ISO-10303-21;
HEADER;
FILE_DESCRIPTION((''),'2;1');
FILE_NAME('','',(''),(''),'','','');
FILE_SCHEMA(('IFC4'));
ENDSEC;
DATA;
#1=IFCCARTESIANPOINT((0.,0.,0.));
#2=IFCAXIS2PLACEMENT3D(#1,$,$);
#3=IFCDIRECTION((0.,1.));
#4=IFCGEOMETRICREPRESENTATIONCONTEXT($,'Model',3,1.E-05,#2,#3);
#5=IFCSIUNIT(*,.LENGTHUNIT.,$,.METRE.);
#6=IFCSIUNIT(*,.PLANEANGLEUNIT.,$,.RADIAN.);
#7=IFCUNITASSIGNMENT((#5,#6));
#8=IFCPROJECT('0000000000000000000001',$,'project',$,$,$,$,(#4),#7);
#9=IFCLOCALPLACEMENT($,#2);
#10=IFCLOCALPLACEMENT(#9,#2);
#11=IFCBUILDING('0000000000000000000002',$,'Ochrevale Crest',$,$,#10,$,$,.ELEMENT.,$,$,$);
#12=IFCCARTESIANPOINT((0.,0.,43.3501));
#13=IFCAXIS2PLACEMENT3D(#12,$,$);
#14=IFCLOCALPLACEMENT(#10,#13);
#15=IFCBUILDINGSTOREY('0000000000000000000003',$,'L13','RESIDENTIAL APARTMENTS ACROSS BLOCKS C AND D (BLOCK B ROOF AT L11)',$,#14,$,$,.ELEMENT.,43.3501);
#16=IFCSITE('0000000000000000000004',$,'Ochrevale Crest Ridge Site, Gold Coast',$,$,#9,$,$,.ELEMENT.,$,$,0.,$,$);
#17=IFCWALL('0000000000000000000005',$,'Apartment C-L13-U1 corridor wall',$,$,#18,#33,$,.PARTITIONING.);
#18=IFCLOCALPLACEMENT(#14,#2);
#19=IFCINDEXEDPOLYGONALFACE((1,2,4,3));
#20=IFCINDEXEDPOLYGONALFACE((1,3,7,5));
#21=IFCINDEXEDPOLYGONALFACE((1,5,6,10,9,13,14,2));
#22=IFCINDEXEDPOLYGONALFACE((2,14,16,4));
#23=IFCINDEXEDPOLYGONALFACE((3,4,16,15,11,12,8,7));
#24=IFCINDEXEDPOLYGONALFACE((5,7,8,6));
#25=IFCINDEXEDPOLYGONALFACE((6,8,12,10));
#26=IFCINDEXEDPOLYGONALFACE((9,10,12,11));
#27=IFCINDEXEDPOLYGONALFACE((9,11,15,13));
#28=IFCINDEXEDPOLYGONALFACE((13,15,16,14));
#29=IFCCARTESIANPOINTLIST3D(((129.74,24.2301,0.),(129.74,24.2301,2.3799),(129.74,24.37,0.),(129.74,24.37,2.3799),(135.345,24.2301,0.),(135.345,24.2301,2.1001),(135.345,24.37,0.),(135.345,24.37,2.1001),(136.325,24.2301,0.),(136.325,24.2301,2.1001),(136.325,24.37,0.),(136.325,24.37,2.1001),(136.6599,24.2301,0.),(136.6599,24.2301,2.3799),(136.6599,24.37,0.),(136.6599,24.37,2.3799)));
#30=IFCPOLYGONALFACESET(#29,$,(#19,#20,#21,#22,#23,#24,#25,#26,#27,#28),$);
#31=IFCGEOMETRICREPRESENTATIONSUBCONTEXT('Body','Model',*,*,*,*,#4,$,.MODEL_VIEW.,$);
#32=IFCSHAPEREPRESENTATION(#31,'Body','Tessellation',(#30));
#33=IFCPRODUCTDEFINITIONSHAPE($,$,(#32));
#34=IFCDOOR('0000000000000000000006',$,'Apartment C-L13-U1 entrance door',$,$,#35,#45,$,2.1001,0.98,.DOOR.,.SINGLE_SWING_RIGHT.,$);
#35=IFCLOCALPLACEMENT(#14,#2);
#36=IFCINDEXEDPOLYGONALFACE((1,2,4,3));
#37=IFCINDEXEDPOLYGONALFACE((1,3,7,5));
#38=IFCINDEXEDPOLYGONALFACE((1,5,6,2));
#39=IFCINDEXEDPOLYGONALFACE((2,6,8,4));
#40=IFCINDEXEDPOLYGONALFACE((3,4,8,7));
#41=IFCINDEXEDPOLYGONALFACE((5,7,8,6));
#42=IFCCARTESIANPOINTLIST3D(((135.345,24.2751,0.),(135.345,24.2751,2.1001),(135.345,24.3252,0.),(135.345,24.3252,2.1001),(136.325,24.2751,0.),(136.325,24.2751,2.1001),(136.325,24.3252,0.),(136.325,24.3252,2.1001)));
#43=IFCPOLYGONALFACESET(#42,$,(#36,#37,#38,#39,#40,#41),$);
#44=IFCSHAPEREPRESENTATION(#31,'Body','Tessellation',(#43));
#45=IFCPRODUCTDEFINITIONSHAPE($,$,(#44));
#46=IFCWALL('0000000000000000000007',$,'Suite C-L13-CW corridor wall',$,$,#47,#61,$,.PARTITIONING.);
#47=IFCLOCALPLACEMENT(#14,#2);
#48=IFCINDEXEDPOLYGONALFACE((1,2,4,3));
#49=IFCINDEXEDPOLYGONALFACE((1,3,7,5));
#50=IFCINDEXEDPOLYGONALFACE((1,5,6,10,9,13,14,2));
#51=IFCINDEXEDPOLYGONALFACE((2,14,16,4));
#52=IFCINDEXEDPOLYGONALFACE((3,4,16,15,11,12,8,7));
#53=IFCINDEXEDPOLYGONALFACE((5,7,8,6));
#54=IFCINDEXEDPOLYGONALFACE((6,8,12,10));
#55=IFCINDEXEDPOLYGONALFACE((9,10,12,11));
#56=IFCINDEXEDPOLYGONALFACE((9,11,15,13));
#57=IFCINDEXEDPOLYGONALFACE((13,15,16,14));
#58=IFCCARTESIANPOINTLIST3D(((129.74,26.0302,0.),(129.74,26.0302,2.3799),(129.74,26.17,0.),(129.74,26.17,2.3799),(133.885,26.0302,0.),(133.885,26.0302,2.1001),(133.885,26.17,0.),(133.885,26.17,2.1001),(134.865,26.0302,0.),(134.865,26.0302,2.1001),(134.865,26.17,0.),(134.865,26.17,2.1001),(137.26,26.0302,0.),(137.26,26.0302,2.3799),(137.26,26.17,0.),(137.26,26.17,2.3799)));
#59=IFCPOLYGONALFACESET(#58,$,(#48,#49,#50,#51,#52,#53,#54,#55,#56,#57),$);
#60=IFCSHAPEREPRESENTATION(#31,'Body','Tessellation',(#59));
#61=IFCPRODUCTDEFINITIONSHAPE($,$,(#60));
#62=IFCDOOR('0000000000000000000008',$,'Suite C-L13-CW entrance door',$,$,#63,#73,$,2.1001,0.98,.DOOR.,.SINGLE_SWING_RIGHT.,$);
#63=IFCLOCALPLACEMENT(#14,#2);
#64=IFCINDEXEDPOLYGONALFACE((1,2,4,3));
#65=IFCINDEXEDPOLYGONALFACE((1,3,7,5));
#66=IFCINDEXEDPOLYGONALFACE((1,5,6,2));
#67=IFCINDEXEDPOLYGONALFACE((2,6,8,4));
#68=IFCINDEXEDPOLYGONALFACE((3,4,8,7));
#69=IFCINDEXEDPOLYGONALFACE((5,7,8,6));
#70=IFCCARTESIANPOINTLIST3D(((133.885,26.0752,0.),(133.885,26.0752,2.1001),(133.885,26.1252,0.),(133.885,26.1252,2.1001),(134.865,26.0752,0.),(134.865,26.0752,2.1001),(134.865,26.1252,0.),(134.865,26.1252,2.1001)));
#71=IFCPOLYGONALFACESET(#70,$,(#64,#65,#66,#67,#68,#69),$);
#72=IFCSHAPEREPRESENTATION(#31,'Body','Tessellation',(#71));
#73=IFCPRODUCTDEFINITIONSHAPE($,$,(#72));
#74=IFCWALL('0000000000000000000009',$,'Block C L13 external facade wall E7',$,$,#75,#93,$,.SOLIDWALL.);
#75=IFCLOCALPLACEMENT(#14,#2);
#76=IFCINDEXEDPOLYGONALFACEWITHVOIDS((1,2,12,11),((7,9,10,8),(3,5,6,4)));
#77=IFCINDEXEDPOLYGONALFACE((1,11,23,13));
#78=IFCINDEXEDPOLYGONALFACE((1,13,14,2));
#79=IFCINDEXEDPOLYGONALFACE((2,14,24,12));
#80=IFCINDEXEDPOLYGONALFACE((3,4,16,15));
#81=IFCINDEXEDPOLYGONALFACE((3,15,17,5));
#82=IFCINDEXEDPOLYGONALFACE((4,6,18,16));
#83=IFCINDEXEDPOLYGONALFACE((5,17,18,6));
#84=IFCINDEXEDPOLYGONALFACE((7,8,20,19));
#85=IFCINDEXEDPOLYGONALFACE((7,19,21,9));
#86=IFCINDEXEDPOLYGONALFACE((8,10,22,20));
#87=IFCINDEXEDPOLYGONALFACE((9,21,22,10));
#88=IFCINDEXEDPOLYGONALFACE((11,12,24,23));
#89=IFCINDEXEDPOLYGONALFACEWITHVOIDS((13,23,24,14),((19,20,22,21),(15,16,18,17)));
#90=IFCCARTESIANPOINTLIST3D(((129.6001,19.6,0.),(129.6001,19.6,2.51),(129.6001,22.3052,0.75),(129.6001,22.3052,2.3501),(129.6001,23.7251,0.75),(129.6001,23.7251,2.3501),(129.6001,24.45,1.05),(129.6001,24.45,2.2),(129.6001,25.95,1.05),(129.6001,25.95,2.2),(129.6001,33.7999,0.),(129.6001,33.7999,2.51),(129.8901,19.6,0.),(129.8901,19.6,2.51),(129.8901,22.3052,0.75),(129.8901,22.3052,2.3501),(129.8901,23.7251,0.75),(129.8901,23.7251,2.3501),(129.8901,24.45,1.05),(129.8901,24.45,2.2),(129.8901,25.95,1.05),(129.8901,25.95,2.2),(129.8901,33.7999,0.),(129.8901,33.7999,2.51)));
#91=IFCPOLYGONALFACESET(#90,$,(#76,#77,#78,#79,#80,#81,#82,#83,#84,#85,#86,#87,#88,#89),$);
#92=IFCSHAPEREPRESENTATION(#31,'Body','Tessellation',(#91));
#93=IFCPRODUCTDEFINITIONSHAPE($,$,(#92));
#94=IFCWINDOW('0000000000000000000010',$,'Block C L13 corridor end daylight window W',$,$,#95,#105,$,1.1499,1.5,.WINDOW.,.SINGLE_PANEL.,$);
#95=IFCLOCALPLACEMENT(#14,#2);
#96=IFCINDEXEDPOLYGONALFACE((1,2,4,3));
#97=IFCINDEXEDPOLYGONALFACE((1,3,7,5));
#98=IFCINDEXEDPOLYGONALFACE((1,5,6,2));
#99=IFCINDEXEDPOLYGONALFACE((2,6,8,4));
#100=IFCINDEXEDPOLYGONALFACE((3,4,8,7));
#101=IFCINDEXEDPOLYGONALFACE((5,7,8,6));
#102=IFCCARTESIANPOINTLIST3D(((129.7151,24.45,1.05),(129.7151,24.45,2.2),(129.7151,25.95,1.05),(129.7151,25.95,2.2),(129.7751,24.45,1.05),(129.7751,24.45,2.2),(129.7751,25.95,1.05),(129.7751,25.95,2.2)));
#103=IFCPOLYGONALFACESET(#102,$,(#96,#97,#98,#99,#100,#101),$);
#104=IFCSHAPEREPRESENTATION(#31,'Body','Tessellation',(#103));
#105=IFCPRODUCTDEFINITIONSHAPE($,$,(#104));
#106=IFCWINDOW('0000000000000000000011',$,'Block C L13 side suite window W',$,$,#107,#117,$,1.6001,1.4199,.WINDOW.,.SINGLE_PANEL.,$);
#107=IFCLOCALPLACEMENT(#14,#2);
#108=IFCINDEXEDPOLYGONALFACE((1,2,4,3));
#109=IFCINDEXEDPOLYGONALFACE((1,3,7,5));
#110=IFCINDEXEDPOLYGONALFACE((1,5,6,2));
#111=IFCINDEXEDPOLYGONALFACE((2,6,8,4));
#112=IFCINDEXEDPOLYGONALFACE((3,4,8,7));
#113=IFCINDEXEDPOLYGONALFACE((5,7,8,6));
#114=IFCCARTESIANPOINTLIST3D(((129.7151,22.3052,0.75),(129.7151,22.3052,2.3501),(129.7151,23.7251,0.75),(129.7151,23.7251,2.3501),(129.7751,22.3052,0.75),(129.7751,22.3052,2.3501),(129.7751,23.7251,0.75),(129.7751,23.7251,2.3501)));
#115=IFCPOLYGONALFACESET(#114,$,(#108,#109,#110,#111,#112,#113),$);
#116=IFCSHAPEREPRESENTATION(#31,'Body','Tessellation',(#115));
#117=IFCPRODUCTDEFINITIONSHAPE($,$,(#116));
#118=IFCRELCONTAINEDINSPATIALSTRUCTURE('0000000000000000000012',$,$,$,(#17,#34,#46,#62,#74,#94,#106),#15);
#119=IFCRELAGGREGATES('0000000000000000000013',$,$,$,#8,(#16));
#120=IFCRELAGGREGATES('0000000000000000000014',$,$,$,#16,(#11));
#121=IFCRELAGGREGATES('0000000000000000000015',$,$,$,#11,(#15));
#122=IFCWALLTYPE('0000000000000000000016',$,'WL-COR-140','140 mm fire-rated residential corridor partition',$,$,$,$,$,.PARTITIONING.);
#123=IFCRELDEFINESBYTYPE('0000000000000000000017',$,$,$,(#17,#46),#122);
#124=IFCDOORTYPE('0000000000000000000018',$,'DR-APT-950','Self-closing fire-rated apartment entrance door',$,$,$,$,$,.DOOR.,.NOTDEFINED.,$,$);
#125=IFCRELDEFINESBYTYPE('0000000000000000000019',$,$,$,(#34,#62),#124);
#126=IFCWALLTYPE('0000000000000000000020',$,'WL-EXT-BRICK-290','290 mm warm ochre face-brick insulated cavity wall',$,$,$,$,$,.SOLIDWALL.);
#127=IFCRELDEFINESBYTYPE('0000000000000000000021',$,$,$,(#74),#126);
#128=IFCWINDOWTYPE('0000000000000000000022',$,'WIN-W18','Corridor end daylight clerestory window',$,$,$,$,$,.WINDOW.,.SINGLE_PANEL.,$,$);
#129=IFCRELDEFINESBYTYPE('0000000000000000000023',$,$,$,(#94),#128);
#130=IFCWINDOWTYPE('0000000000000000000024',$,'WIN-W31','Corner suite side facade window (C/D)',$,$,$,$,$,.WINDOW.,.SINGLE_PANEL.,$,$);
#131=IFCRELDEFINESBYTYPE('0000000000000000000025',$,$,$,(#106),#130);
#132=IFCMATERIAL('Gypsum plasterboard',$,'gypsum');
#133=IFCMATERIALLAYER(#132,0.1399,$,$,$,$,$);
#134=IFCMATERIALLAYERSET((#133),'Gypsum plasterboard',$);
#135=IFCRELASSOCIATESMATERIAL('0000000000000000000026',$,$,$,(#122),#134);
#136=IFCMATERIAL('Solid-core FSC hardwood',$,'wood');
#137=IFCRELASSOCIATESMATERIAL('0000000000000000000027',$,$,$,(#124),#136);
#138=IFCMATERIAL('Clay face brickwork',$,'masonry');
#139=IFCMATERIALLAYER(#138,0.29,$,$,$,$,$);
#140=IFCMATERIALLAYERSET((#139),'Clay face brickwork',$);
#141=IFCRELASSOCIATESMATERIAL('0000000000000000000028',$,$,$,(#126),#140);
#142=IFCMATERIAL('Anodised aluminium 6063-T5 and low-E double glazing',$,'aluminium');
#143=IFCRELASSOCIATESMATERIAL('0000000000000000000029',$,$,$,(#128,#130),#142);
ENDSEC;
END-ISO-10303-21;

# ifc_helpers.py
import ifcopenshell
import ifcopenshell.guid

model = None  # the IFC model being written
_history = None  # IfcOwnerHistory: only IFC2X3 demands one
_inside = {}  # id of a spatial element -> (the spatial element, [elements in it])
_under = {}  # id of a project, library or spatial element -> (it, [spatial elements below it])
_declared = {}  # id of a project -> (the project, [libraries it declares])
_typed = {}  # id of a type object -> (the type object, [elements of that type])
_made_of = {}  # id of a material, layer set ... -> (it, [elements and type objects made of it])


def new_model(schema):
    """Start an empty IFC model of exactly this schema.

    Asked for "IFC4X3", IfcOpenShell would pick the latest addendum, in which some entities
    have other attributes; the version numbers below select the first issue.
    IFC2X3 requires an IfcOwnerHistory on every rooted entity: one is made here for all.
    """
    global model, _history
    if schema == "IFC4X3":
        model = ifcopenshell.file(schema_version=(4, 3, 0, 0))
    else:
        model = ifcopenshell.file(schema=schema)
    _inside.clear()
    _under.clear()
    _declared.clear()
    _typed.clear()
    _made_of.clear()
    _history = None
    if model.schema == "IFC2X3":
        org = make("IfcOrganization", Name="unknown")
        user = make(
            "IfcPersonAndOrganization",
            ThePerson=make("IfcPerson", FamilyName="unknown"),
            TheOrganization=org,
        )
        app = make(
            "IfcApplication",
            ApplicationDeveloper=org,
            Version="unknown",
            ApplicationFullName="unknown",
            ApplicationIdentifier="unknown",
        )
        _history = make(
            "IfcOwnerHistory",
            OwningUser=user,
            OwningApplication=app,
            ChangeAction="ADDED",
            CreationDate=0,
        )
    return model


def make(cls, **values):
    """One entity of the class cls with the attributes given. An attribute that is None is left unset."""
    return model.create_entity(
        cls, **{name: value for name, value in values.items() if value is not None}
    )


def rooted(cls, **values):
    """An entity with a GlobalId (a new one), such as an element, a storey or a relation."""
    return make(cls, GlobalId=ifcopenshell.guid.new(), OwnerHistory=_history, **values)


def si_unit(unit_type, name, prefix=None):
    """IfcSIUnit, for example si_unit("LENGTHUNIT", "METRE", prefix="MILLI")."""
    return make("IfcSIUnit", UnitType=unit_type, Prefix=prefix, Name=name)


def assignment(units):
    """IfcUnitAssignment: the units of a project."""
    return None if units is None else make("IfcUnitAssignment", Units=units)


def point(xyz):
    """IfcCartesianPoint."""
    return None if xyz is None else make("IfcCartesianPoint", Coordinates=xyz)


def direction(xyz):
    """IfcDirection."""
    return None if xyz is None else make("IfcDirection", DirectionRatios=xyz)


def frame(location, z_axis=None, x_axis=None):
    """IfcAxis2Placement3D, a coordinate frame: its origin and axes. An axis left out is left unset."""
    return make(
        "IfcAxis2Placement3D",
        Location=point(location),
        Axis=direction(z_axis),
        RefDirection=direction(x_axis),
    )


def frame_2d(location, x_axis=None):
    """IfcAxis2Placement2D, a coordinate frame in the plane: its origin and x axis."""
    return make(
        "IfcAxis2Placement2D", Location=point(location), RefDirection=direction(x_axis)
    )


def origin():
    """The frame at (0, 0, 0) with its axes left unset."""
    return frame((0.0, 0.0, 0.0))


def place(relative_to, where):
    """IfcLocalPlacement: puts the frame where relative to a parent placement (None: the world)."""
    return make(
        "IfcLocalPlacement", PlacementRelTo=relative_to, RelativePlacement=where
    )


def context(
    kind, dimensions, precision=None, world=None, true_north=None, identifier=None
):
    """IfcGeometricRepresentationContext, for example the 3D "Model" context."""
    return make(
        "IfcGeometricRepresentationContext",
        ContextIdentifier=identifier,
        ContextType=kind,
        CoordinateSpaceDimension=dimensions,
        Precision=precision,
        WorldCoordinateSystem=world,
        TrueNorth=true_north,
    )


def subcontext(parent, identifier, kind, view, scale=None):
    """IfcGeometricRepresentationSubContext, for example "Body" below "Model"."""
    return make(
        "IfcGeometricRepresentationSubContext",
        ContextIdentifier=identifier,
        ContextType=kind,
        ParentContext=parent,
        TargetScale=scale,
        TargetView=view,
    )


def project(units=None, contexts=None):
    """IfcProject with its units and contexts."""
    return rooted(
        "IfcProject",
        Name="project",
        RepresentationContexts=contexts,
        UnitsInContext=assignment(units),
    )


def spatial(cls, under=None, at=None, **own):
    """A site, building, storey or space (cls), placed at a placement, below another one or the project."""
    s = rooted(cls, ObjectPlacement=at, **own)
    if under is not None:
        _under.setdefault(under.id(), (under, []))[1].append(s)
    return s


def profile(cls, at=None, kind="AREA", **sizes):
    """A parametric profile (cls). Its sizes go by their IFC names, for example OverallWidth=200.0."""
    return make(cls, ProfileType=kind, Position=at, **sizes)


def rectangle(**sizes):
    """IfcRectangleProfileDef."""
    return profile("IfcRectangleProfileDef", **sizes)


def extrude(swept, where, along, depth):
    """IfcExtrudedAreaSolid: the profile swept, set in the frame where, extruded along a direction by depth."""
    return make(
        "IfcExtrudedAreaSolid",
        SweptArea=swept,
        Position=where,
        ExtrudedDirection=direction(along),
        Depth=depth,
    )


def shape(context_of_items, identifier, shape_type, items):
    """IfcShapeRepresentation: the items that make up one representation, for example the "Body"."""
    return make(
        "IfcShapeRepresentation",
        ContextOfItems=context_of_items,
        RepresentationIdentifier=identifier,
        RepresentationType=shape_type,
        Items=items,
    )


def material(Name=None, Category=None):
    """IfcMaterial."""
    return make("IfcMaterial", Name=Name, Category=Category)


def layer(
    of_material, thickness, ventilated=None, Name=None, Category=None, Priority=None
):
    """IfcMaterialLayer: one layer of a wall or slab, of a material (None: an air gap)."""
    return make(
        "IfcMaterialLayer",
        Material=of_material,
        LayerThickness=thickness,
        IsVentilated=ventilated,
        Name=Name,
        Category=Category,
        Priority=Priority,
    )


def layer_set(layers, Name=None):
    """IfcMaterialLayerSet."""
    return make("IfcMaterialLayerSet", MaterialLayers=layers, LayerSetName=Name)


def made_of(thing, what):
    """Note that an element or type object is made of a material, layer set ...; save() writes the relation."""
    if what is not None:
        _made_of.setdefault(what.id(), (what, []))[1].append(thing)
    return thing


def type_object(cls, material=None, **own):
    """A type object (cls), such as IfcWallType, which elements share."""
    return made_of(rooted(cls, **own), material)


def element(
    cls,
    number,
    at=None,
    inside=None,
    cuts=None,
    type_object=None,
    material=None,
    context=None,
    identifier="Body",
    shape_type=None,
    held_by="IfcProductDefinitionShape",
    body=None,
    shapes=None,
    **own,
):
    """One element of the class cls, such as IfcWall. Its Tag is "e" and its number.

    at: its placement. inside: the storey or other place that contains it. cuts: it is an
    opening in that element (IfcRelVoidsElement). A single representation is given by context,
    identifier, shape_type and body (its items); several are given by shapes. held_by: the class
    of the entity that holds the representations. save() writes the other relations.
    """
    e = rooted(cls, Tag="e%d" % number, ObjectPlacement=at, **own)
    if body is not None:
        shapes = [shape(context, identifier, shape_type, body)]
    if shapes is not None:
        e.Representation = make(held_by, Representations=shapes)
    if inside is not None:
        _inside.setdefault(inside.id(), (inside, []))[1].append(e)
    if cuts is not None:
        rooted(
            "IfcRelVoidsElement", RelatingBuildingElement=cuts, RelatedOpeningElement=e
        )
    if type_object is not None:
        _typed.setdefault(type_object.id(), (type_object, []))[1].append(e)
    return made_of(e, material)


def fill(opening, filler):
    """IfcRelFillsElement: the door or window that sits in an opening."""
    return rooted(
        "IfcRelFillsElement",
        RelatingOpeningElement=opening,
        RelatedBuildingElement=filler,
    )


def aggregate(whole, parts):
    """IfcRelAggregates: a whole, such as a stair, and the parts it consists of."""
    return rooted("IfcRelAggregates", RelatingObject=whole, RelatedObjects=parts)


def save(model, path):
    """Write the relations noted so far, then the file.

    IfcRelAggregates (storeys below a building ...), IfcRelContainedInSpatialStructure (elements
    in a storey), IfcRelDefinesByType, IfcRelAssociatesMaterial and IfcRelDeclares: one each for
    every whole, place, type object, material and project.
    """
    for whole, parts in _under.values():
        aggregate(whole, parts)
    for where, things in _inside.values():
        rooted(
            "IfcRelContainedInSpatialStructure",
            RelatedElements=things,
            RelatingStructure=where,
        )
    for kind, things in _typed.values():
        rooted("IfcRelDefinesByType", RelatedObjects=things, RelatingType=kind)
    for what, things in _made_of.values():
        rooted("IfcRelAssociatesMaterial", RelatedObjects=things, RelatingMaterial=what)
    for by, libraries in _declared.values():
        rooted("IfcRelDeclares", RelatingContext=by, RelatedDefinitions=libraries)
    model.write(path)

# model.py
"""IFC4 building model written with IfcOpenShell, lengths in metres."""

from ifc_helpers import new_model, si_unit, direction, frame, frame_2d, origin, place, context, subcontext, project, spatial, rectangle, extrude, material, layer, layer_set, type_object, element, fill, save


model = new_model("IFC4")

# Units and contexts
model_context = context("Model", 3, precision=1e-05, world=origin(), true_north=direction((0.0, 1.0)))
body_context = subcontext(model_context, "Body", "Model", "MODEL_VIEW")
ifc_project = project(units=[si_unit("LENGTHUNIT", "METRE"), si_unit("PLANEANGLEUNIT", "RADIAN")], contexts=[model_context])

# Site, building, storey
site_placement = place(None, origin())
site = spatial("IfcSite", under=ifc_project, at=site_placement, Name="Ochrevale Crest Ridge Site, Gold Coast", CompositionType="ELEMENT", RefElevation=0.0)
building_placement = place(site_placement, origin())
building = spatial("IfcBuilding", under=site, at=building_placement, Name="Ochrevale Crest", CompositionType="ELEMENT")
storey_placement = place(building_placement, frame((0.0, 0.0, 43.3501)))
storey = spatial("IfcBuildingStorey", under=building, at=storey_placement, Name="L13", Description="RESIDENTIAL APARTMENTS ACROSS BLOCKS C AND D (BLOCK B ROOF AT L11)", CompositionType="ELEMENT", Elevation=43.3501)

# Walls, openings, doors
ifc_material_1 = material(Name="Gypsum plasterboard", Category="gypsum")
ifc_layer_1 = layer(ifc_material_1, 0.1399)
ifc_layer_set_1 = layer_set([ifc_layer_1], Name="Gypsum plasterboard")
wall_type_1 = type_object("IfcWallType", Name="WL-COR-140", Description="140 mm fire-rated residential corridor partition", PredefinedType="PARTITIONING", material=ifc_layer_set_1)
wall_1_placement = place(storey_placement, frame((129.74, 24.3, 0.0), z_axis=(0.0, 0.0, 1.0), x_axis=(1.0, 0.0, 0.0)))
wall_1 = element("IfcWall", 1, at=wall_1_placement, inside=storey, type_object=wall_type_1, Name="Apartment C-L13-U1 corridor wall", PredefinedType="PARTITIONING", context=body_context, shape_type="SweptSolid", body=[
    extrude(rectangle(XDim=6.9199, YDim=0.1399, at=frame_2d((3.46, 0.0))), origin(), (0.0, 0.0, 1.0), 2.3799),
])
opening_1_placement = place(wall_1_placement, frame((6.585, 0.0, 0.0), z_axis=(0.0, 0.0, 1.0), x_axis=(-1.0, 0.0, 0.0)))
opening_1 = element("IfcOpeningElement", 2, at=opening_1_placement, cuts=wall_1, PredefinedType="OPENING", context=body_context, shape_type="SweptSolid", body=[
    extrude(rectangle(XDim=0.98, YDim=2.1001, at=frame_2d((0.49, 1.05))), frame((0.0, 0.0801, 0.0), z_axis=(0.0, -1.0, 0.0), x_axis=(1.0, 0.0, 0.0)), (0.0, 0.0, 1.0), 0.1599),
])
ifc_material_2 = material(Name="Solid-core FSC hardwood", Category="wood")
door_type_1 = type_object("IfcDoorType", Name="DR-APT-950", Description="Self-closing fire-rated apartment entrance door", OperationType="NOTDEFINED", PredefinedType="DOOR", material=ifc_material_2)
door_1_placement = place(opening_1_placement, origin())
door_1 = element("IfcDoor", 3, at=door_1_placement, inside=storey, type_object=door_type_1, Name="Apartment C-L13-U1 entrance door", OperationType="SINGLE_SWING_RIGHT", OverallHeight=2.1001, OverallWidth=0.98, PredefinedType="DOOR", context=body_context, shape_type="SweptSolid", body=[
    extrude(rectangle(XDim=0.98, YDim=2.1001, at=frame_2d((0.49, 1.05))), frame((0.0, 0.0249, 0.0), z_axis=(0.0, -1.0, 0.0), x_axis=(1.0, 0.0, 0.0)), (0.0, 0.0, 1.0), 0.05),
])
fill(opening_1, door_1)
wall_2_placement = place(storey_placement, frame((129.74, 26.1001, 0.0), z_axis=(0.0, 0.0, 1.0), x_axis=(1.0, 0.0, 0.0)))
wall_2 = element("IfcWall", 4, at=wall_2_placement, inside=storey, type_object=wall_type_1, Name="Suite C-L13-CW corridor wall", PredefinedType="PARTITIONING", context=body_context, shape_type="SweptSolid", body=[
    extrude(rectangle(XDim=7.52, YDim=0.1399, at=frame_2d((3.76, 0.0))), origin(), (0.0, 0.0, 1.0), 2.3799),
])
opening_2_placement = place(wall_2_placement, frame((5.125, 0.0, 0.0), z_axis=(0.0, 0.0, 1.0), x_axis=(-1.0, 0.0, 0.0)))
opening_2 = element("IfcOpeningElement", 5, at=opening_2_placement, cuts=wall_2, PredefinedType="OPENING", context=body_context, shape_type="SweptSolid", body=[
    extrude(rectangle(XDim=0.98, YDim=2.1001, at=frame_2d((0.49, 1.05))), frame((0.0, 0.0801, 0.0), z_axis=(0.0, -1.0, 0.0), x_axis=(1.0, 0.0, 0.0)), (0.0, 0.0, 1.0), 0.1599),
])
door_2_placement = place(opening_2_placement, origin())
door_2 = element("IfcDoor", 6, at=door_2_placement, inside=storey, type_object=door_type_1, Name="Suite C-L13-CW entrance door", OperationType="SINGLE_SWING_RIGHT", OverallHeight=2.1001, OverallWidth=0.98, PredefinedType="DOOR", context=body_context, shape_type="SweptSolid", body=[
    extrude(rectangle(XDim=0.98, YDim=2.1001, at=frame_2d((0.49, 1.05))), frame((0.0, 0.0249, 0.0), z_axis=(0.0, -1.0, 0.0), x_axis=(1.0, 0.0, 0.0)), (0.0, 0.0, 1.0), 0.05),
])
fill(opening_2, door_2)

# Wall, openings, windows
ifc_material_3 = material(Name="Clay face brickwork", Category="masonry")
ifc_layer_2 = layer(ifc_material_3, 0.29)
ifc_layer_set_2 = layer_set([ifc_layer_2], Name="Clay face brickwork")
wall_type_2 = type_object("IfcWallType", Name="WL-EXT-BRICK-290", Description="290 mm warm ochre face-brick insulated cavity wall", PredefinedType="SOLIDWALL", material=ifc_layer_set_2)
wall_3_placement = place(storey_placement, frame((129.7451, 33.8, 0.0), z_axis=(0.0, 0.0, 1.0), x_axis=(0.0, -1.0, 0.0)))
wall_3 = element("IfcWall", 7, at=wall_3_placement, inside=storey, type_object=wall_type_2, Name="Block C L13 external facade wall E7", PredefinedType="SOLIDWALL", context=body_context, shape_type="SweptSolid", body=[
    extrude(rectangle(XDim=14.2, YDim=0.29, at=frame_2d((7.1001, 0.0))), origin(), (0.0, 0.0, 1.0), 2.51),
])
opening_3_placement = place(wall_3_placement, frame((7.8501, 0.0, 1.05)))
opening_3 = element("IfcOpeningElement", 8, at=opening_3_placement, cuts=wall_3, PredefinedType="OPENING", context=body_context, shape_type="SweptSolid", body=[
    extrude(rectangle(XDim=1.5, YDim=1.1499, at=frame_2d((0.75, 0.575))), frame((0.0, 0.155, 0.0), z_axis=(0.0, -1.0, 0.0), x_axis=(1.0, 0.0, 0.0)), (0.0, 0.0, 1.0), 0.3101),
])
opening_4_placement = place(wall_3_placement, frame((10.075, 0.0, 0.75)))
opening_4 = element("IfcOpeningElement", 9, at=opening_4_placement, cuts=wall_3, PredefinedType="OPENING", context=body_context, shape_type="SweptSolid", body=[
    extrude(rectangle(XDim=1.4199, YDim=1.6001, at=frame_2d((0.71, 0.8))), frame((0.0, 0.155, 0.0), z_axis=(0.0, -1.0, 0.0), x_axis=(1.0, 0.0, 0.0)), (0.0, 0.0, 1.0), 0.3101),
])
ifc_material_4 = material(Name="Anodised aluminium 6063-T5 and low-E double glazing", Category="aluminium")
window_type_1 = type_object("IfcWindowType", Name="WIN-W18", Description="Corridor end daylight clerestory window", PartitioningType="SINGLE_PANEL", PredefinedType="WINDOW", material=ifc_material_4)
window_1_placement = place(opening_3_placement, origin())
window_1 = element("IfcWindow", 10, at=window_1_placement, inside=storey, type_object=window_type_1, Name="Block C L13 corridor end daylight window W", OverallHeight=1.1499, OverallWidth=1.5, PartitioningType="SINGLE_PANEL", PredefinedType="WINDOW", context=body_context, shape_type="SweptSolid", body=[
    extrude(rectangle(XDim=1.5, YDim=1.1499, at=frame_2d((0.75, 0.575))), frame((0.0, 0.03, 0.0), z_axis=(0.0, -1.0, 0.0), x_axis=(1.0, 0.0, 0.0)), (0.0, 0.0, 1.0), 0.0601),
])
fill(opening_3, window_1)
window_type_2 = type_object("IfcWindowType", Name="WIN-W31", Description="Corner suite side facade window (C/D)", PartitioningType="SINGLE_PANEL", PredefinedType="WINDOW", material=ifc_material_4)
window_2_placement = place(opening_4_placement, origin())
window_2 = element("IfcWindow", 11, at=window_2_placement, inside=storey, type_object=window_type_2, Name="Block C L13 side suite window W", OverallHeight=1.6001, OverallWidth=1.4199, PartitioningType="SINGLE_PANEL", PredefinedType="WINDOW", context=body_context, shape_type="SweptSolid", body=[
    extrude(rectangle(XDim=1.4199, YDim=1.6001, at=frame_2d((0.71, 0.8))), frame((0.0, 0.03, 0.0), z_axis=(0.0, -1.0, 0.0), x_axis=(1.0, 0.0, 0.0)), (0.0, 0.0, 1.0), 0.0601),
])
fill(opening_4, window_2)

save(model, "model.ifc")
